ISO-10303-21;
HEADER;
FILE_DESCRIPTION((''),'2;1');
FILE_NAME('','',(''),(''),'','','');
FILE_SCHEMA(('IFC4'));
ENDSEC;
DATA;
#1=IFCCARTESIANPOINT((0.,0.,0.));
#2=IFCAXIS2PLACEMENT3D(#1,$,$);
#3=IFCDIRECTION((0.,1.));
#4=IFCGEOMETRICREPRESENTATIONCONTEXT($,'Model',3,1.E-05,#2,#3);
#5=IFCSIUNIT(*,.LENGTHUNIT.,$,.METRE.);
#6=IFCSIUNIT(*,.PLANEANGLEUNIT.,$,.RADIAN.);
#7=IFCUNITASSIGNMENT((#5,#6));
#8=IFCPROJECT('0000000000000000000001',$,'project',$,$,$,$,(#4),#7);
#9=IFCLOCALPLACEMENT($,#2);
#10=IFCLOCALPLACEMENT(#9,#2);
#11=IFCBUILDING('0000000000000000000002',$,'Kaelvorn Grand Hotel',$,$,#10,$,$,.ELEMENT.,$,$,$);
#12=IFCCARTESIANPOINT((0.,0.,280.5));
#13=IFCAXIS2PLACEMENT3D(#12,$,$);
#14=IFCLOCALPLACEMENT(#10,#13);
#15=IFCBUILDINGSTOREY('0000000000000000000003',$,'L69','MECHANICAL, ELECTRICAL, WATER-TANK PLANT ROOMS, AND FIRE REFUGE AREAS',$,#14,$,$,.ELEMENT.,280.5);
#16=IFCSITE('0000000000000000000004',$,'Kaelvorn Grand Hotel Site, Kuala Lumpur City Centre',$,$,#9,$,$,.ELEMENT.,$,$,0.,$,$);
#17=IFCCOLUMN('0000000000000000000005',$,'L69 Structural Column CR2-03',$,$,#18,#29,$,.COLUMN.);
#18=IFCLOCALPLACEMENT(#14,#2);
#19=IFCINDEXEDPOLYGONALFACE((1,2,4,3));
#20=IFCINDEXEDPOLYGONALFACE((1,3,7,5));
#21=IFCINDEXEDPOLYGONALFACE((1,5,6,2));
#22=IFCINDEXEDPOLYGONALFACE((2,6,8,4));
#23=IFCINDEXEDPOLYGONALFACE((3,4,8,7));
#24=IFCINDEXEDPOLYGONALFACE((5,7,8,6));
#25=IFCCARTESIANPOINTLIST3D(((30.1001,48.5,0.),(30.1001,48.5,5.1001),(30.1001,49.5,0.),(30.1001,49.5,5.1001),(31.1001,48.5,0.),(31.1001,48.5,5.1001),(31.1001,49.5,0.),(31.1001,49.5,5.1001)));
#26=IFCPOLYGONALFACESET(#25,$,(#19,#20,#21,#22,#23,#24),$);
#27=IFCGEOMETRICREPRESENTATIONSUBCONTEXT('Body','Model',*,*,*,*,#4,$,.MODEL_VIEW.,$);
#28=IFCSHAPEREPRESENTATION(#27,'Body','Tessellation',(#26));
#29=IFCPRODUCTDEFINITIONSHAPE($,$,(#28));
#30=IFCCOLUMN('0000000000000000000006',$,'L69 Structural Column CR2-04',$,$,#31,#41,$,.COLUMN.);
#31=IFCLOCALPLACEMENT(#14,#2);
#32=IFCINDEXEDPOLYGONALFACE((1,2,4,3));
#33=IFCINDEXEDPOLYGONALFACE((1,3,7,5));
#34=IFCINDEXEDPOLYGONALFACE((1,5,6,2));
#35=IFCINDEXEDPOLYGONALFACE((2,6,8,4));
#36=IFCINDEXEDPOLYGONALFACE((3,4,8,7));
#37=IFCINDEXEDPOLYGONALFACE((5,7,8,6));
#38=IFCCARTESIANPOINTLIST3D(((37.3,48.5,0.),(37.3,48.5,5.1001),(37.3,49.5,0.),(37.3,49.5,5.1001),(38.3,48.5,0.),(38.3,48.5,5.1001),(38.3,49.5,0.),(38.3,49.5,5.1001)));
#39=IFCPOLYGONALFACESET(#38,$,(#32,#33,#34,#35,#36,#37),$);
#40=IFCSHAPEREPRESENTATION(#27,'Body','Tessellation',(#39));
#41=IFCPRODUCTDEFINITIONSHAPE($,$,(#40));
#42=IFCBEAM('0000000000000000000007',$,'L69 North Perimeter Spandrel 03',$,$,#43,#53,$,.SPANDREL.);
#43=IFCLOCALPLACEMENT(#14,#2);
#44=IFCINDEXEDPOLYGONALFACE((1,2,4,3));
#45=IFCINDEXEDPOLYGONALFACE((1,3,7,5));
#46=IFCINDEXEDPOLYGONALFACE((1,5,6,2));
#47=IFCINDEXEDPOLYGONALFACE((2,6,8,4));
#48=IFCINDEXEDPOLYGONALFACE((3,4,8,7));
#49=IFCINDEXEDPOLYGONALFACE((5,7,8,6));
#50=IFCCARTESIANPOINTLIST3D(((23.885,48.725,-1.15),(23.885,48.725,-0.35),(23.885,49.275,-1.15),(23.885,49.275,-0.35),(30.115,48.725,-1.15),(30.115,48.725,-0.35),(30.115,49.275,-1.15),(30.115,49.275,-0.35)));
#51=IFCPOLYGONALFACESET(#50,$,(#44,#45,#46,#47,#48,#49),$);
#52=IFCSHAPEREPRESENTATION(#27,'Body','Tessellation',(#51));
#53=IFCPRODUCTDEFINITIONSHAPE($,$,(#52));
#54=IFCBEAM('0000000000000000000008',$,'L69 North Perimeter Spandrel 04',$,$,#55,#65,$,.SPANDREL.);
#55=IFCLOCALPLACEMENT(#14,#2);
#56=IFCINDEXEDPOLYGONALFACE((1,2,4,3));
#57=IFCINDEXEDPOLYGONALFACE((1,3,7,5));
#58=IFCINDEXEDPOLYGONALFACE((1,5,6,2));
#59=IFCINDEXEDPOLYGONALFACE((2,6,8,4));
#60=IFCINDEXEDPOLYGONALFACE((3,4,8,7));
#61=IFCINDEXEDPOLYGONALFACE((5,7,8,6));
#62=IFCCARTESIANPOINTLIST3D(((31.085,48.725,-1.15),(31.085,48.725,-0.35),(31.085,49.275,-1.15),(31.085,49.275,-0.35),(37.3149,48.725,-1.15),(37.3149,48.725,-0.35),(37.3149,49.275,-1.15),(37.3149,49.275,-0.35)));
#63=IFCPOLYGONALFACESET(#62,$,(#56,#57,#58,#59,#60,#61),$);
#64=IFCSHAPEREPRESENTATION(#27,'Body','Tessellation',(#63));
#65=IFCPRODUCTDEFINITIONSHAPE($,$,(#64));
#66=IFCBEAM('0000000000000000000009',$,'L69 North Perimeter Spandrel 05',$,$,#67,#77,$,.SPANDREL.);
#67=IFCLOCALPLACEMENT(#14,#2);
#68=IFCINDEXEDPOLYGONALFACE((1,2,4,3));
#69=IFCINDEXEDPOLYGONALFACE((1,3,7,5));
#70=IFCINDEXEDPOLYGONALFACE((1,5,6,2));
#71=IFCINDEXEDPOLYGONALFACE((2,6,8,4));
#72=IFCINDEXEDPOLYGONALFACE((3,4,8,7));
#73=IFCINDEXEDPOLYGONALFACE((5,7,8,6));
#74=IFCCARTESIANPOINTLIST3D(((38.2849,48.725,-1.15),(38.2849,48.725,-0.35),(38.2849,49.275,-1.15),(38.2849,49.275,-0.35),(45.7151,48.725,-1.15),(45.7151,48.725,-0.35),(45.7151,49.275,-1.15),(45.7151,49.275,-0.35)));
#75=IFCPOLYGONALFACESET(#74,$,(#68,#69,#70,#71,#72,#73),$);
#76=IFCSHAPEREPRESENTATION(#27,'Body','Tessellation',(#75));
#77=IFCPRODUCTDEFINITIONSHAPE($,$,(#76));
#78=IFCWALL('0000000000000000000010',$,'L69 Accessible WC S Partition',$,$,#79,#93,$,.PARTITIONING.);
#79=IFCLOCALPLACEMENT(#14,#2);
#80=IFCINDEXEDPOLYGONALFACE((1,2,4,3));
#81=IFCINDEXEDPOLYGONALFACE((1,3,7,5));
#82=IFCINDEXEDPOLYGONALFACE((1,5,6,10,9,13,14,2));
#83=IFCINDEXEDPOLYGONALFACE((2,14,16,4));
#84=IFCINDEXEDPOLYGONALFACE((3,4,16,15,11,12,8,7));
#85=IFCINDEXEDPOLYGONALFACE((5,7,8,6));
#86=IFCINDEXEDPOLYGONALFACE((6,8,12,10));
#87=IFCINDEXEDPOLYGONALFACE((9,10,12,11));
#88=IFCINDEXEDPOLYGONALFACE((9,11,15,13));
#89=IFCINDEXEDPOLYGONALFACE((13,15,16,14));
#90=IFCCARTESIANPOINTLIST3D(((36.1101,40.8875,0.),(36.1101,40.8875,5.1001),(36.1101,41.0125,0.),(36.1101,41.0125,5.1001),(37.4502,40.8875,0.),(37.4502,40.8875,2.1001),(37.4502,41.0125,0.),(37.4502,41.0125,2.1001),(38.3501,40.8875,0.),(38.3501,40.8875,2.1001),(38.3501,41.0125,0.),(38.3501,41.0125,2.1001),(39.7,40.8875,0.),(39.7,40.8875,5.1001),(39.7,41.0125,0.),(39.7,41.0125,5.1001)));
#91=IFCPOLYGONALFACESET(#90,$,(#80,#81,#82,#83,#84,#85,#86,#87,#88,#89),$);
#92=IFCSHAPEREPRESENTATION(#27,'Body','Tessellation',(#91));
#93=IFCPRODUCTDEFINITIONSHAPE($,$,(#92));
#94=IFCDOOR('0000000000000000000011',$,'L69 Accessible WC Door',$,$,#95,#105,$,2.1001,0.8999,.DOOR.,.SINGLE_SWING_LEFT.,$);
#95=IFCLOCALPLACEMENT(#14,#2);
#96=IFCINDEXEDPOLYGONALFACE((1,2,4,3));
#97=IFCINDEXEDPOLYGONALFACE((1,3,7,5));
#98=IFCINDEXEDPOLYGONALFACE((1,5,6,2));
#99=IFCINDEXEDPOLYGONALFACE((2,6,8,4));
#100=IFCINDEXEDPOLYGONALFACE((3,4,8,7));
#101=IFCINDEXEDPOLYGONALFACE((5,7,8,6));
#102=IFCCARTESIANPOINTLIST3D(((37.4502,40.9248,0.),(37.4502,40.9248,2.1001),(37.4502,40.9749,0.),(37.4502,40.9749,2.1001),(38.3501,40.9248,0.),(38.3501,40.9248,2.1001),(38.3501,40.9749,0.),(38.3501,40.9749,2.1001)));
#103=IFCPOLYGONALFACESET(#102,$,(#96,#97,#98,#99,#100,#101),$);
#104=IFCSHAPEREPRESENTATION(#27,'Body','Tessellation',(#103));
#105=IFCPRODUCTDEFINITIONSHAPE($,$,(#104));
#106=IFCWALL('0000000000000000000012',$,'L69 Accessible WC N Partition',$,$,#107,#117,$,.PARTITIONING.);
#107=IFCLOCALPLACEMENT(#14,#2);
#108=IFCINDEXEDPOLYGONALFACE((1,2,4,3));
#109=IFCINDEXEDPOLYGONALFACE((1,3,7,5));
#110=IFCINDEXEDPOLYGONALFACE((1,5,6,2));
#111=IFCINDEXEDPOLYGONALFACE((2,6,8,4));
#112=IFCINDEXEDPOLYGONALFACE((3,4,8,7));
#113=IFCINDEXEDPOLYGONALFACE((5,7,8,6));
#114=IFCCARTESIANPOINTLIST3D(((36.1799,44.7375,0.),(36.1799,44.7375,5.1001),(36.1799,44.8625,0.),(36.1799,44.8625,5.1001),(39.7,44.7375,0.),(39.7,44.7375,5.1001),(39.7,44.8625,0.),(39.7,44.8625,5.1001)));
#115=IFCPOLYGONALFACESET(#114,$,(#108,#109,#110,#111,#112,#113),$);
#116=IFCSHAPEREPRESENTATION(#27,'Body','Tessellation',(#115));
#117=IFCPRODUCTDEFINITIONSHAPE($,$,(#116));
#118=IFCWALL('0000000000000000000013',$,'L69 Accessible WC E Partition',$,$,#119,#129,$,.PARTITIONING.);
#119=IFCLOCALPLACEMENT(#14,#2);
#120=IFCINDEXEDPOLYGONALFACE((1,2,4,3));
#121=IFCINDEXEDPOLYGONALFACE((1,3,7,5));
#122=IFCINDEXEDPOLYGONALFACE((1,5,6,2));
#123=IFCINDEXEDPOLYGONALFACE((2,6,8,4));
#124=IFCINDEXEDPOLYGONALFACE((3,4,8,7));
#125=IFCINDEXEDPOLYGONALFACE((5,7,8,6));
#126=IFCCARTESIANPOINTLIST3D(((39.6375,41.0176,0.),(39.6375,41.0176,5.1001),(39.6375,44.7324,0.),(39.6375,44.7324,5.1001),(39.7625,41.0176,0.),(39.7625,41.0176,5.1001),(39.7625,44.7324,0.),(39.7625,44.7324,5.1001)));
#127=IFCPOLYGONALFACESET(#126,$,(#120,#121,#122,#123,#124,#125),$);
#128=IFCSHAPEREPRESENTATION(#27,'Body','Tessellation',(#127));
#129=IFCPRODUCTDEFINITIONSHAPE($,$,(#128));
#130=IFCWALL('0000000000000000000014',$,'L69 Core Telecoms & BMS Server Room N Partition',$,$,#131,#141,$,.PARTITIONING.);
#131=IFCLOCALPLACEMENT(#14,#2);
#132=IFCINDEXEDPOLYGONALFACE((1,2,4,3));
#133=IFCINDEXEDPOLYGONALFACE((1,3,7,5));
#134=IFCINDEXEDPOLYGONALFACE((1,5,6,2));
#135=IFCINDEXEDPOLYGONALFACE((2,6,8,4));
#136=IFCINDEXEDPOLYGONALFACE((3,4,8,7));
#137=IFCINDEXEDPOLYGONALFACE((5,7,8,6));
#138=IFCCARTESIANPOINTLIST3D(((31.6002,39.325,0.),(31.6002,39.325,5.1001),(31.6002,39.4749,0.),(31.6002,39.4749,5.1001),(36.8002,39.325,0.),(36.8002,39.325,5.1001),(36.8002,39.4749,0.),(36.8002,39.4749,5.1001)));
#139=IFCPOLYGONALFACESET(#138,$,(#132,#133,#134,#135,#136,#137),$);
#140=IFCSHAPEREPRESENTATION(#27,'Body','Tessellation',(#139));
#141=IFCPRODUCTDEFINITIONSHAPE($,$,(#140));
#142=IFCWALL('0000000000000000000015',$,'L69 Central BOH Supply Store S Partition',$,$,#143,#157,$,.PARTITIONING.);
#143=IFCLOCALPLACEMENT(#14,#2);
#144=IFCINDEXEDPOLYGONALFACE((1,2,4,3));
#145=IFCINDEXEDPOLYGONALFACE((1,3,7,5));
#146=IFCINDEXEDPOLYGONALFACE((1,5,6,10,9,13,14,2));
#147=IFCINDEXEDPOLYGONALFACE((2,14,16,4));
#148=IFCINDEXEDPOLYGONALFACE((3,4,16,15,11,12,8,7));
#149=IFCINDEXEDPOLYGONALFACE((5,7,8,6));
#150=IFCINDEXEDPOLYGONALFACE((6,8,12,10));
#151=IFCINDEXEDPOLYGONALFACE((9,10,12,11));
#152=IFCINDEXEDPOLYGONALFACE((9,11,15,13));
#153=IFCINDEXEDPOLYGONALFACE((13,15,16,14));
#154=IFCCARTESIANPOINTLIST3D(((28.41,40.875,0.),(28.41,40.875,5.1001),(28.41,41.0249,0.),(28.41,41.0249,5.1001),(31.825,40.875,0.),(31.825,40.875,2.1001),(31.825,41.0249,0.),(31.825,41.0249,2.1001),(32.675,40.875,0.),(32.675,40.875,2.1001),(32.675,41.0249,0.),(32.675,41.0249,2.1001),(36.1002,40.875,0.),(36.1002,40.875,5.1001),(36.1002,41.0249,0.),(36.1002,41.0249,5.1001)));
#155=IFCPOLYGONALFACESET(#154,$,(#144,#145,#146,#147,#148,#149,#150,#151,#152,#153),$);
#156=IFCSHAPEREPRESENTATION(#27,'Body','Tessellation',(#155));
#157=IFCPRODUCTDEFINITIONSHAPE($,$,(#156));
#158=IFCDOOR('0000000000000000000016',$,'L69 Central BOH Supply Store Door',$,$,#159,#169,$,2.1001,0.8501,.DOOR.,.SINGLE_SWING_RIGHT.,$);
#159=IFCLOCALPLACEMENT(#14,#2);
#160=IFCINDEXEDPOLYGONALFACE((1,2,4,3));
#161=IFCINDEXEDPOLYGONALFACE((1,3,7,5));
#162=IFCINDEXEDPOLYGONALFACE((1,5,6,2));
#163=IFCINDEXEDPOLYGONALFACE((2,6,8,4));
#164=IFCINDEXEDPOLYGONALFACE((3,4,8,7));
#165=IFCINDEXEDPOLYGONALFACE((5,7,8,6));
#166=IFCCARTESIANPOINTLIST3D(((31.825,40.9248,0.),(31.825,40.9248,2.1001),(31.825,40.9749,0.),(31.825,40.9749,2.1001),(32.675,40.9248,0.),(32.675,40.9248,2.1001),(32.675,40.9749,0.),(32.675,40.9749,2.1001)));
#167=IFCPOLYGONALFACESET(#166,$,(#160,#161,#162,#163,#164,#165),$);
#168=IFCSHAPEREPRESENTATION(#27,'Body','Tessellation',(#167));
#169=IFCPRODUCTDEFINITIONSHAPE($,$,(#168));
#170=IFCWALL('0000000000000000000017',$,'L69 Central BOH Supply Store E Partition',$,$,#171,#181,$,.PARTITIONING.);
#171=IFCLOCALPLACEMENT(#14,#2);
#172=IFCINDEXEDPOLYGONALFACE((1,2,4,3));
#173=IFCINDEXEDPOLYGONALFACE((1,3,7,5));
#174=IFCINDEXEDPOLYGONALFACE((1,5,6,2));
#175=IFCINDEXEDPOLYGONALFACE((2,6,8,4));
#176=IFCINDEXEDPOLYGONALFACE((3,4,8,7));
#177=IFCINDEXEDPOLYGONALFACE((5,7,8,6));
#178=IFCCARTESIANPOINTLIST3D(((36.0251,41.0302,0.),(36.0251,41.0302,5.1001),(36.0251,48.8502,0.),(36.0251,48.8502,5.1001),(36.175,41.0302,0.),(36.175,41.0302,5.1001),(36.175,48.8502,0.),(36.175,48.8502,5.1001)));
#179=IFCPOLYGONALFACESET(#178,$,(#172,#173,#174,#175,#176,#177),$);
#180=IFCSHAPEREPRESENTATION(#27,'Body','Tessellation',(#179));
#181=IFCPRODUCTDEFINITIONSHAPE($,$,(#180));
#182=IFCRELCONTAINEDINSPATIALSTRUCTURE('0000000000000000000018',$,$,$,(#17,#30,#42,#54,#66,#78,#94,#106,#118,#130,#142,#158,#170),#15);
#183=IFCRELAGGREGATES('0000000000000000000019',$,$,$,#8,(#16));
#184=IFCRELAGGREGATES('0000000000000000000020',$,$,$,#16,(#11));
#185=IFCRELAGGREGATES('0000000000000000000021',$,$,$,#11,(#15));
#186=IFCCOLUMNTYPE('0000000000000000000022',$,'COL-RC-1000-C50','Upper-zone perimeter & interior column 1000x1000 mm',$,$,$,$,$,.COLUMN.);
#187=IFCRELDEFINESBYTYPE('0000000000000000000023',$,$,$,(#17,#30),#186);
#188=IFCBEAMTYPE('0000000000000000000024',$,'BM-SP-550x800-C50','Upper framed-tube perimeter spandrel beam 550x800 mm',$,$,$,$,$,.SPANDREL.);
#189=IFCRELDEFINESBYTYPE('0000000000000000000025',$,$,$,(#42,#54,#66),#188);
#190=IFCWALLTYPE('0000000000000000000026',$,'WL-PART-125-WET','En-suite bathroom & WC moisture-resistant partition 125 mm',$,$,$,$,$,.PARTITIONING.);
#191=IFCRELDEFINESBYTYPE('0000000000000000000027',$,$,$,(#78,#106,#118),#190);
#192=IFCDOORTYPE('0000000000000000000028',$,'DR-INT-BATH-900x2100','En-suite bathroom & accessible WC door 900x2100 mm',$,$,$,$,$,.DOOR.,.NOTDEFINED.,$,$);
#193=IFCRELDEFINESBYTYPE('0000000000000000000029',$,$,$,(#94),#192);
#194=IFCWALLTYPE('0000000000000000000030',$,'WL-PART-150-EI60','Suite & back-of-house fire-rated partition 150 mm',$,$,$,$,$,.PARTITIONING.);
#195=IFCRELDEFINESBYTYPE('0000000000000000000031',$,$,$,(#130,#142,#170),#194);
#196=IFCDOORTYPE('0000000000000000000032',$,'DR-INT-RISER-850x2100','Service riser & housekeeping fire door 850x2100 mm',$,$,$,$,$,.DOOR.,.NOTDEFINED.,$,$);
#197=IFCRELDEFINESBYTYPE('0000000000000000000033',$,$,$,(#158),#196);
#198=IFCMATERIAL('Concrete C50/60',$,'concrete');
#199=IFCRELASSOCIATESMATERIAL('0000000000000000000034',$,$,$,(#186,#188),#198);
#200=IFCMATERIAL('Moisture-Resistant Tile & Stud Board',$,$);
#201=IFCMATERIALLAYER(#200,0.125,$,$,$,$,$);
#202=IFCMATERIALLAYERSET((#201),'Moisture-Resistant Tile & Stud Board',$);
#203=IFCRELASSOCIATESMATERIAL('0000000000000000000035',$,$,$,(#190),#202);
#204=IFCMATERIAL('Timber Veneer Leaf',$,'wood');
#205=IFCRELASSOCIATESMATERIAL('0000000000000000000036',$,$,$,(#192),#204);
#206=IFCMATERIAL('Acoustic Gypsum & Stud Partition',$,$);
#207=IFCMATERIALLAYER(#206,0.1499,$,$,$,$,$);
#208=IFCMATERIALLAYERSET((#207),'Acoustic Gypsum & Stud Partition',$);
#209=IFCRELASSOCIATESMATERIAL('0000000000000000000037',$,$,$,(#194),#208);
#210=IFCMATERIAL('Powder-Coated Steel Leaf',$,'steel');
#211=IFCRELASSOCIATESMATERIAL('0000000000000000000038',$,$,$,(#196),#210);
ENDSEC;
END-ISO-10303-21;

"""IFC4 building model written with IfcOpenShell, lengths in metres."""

from ifc_helpers import new_model, si_unit, direction, frame, frame_2d, origin, origin_2d, place, context, subcontext, project, spatial, rectangle, extrude, material, layer, layer_set, material_profile, profile_set, type_object, element, fill, save


model = new_model("IFC4")

# Units and contexts
model_context = context("Model", 3, precision=1e-05, world=origin(), true_north=direction((0.0, 1.0)))
body_context = subcontext(model_context, "Body", "Model", "MODEL_VIEW")
ifc_project = project(units=[si_unit("LENGTHUNIT", "METRE"), si_unit("PLANEANGLEUNIT", "RADIAN")], contexts=[model_context])

# Site, building, storey
site_placement = place(None, origin())
site = spatial("IfcSite", under=ifc_project, at=site_placement, Name="Kaelvorn Grand Hotel Site, Kuala Lumpur City Centre", CompositionType="ELEMENT", RefElevation=0.0)
building_placement = place(site_placement, origin())
building = spatial("IfcBuilding", under=site, at=building_placement, Name="Kaelvorn Grand Hotel", CompositionType="ELEMENT")
storey_placement = place(building_placement, frame((0.0, 0.0, 280.5)))
storey = spatial("IfcBuildingStorey", under=building, at=storey_placement, Name="L69", Description="MECHANICAL, ELECTRICAL, WATER-TANK PLANT ROOMS, AND FIRE REFUGE AREAS", CompositionType="ELEMENT", Elevation=280.5)

# Columns
ifc_material_1 = material(Name="Concrete C50/60", Category="concrete")
ifc_material_profile_1 = material_profile(ifc_material_1, rectangle(XDim=1.0, YDim=1.0, at=origin_2d()), Name="RC COL 1000x1000")
ifc_profile_set_1 = profile_set([ifc_material_profile_1], Name="Concrete C50/60")
column_type = type_object("IfcColumnType", Name="COL-RC-1000-C50", Description="Upper-zone perimeter & interior column 1000x1000 mm", PredefinedType="COLUMN", material=ifc_profile_set_1)
for number, where, z_axis, x_axis, name in (
    (1, (30.6001, 49.0, 0.0), (0.0, 0.0, 1.0), (1.0, 0.0, 0.0), "L69 Structural Column CR2-03"),
    (2, (37.8, 49.0, 0.0), (0.0, 0.0, 1.0), (1.0, 0.0, 0.0), "L69 Structural Column CR2-04"),
):
    element("IfcColumn", number, at=place(storey_placement, frame(where, z_axis=z_axis, x_axis=x_axis)), inside=storey, type_object=column_type, Name=name, PredefinedType="COLUMN", context=body_context, shape_type="SweptSolid", body=[
        extrude(rectangle(XDim=1.0, YDim=1.0, at=origin_2d()), origin(), (0.0, 0.0, 1.0), 5.1001),
    ])

# Beams
ifc_material_profile_2 = material_profile(ifc_material_1, rectangle(XDim=0.55, YDim=0.8, at=origin_2d()), Name="RC SPANDREL 550x800")
ifc_profile_set_2 = profile_set([ifc_material_profile_2], Name="Concrete C50/60")
beam_type = type_object("IfcBeamType", Name="BM-SP-550x800-C50", Description="Upper framed-tube perimeter spandrel beam 550x800 mm", PredefinedType="SPANDREL", material=ifc_profile_set_2)
for number, where, z_axis, x_axis, name in (
    (3, (23.885, 49.0, -0.75), (1.0, 0.0, 0.0), (0.0, 1.0, 0.0), "L69 North Perimeter Spandrel 03"),
    (4, (31.085, 49.0, -0.75), (1.0, 0.0, 0.0), (0.0, 1.0, 0.0), "L69 North Perimeter Spandrel 04"),
):
    element("IfcBeam", number, at=place(storey_placement, frame(where, z_axis=z_axis, x_axis=x_axis)), inside=storey, type_object=beam_type, Name=name, PredefinedType="SPANDREL", context=body_context, shape_type="SweptSolid", body=[
        extrude(rectangle(XDim=0.55, YDim=0.8, at=origin_2d()), origin(), (0.0, 0.0, 1.0), 6.23),
    ])
beam_placement = place(storey_placement, frame((38.2849, 49.0, -0.75), z_axis=(1.0, 0.0, 0.0), x_axis=(0.0, 1.0, 0.0)))
element("IfcBeam", 5, at=beam_placement, inside=storey, type_object=beam_type, Name="L69 North Perimeter Spandrel 05", PredefinedType="SPANDREL", context=body_context, shape_type="SweptSolid", body=[
    extrude(rectangle(XDim=0.55, YDim=0.8, at=origin_2d()), origin(), (0.0, 0.0, 1.0), 7.4302),
])

# Wall, opening, door
ifc_material_2 = material(Name="Moisture-Resistant Tile & Stud Board")
ifc_layer_1 = layer(ifc_material_2, 0.125)
ifc_layer_set_1 = layer_set([ifc_layer_1], Name="Moisture-Resistant Tile & Stud Board")
wall_type_1 = type_object("IfcWallType", Name="WL-PART-125-WET", Description="En-suite bathroom & WC moisture-resistant partition 125 mm", PredefinedType="PARTITIONING", material=ifc_layer_set_1)
wall_1_placement = place(storey_placement, frame((36.1101, 40.95, 0.0), z_axis=(0.0, 0.0, 1.0), x_axis=(1.0, 0.0, 0.0)))
wall_1 = element("IfcWall", 6, at=wall_1_placement, inside=storey, type_object=wall_type_1, Name="L69 Accessible WC S Partition", PredefinedType="PARTITIONING", context=body_context, shape_type="SweptSolid", body=[
    extrude(rectangle(XDim=3.5898, YDim=0.125, at=frame_2d((1.7949, 0.0))), origin(), (0.0, 0.0, 1.0), 5.1001),
])
opening_1_placement = place(wall_1_placement, frame((1.3401, 0.0, 0.0)))
opening_1 = element("IfcOpeningElement", 7, at=opening_1_placement, cuts=wall_1, PredefinedType="OPENING", context=body_context, shape_type="SweptSolid", body=[
    extrude(rectangle(XDim=0.8999, YDim=2.1001, at=frame_2d((0.45, 1.05))), frame((0.0, 0.0725, 0.0), z_axis=(0.0, -1.0, 0.0), x_axis=(1.0, 0.0, 0.0)), (0.0, 0.0, 1.0), 0.145),
])
ifc_material_3 = material(Name="Timber Veneer Leaf", Category="wood")
door_type_1 = type_object("IfcDoorType", Name="DR-INT-BATH-900x2100", Description="En-suite bathroom & accessible WC door 900x2100 mm", OperationType="NOTDEFINED", PredefinedType="DOOR", material=ifc_material_3)
door_1_placement = place(opening_1_placement, origin())
door_1 = element("IfcDoor", 8, at=door_1_placement, inside=storey, type_object=door_type_1, Name="L69 Accessible WC Door", OperationType="SINGLE_SWING_LEFT", OverallHeight=2.1001, OverallWidth=0.8999, PredefinedType="DOOR", context=body_context, shape_type="SweptSolid", body=[
    extrude(rectangle(XDim=0.8999, YDim=2.1001, at=frame_2d((0.45, 1.05))), frame((0.0, 0.0249, 0.0), z_axis=(0.0, -1.0, 0.0), x_axis=(1.0, 0.0, 0.0)), (0.0, 0.0, 1.0), 0.05),
])
fill(opening_1, door_1)

# Walls
wall_2_placement = place(storey_placement, frame((36.1799, 44.8, 0.0), z_axis=(0.0, 0.0, 1.0), x_axis=(1.0, 0.0, 0.0)))
element("IfcWall", 9, at=wall_2_placement, inside=storey, type_object=wall_type_1, Name="L69 Accessible WC N Partition", PredefinedType="PARTITIONING", context=body_context, shape_type="SweptSolid", body=[
    extrude(rectangle(XDim=3.52, YDim=0.125, at=frame_2d((1.76, 0.0))), origin(), (0.0, 0.0, 1.0), 5.1001),
])
wall_3_placement = place(storey_placement, frame((39.7, 41.0176, 0.0), z_axis=(0.0, 0.0, 1.0), x_axis=(0.0, 1.0, 0.0)))
element("IfcWall", 10, at=wall_3_placement, inside=storey, type_object=wall_type_1, Name="L69 Accessible WC E Partition", PredefinedType="PARTITIONING", context=body_context, shape_type="SweptSolid", body=[
    extrude(rectangle(XDim=3.7148, YDim=0.125, at=frame_2d((1.8574, 0.0))), origin(), (0.0, 0.0, 1.0), 5.1001),
])
ifc_material_4 = material(Name="Acoustic Gypsum & Stud Partition")
ifc_layer_2 = layer(ifc_material_4, 0.1499)
ifc_layer_set_2 = layer_set([ifc_layer_2], Name="Acoustic Gypsum & Stud Partition")
wall_type_2 = type_object("IfcWallType", Name="WL-PART-150-EI60", Description="Suite & back-of-house fire-rated partition 150 mm", PredefinedType="PARTITIONING", material=ifc_layer_set_2)
wall_4_placement = place(storey_placement, frame((31.6001, 39.3999, 0.0), z_axis=(0.0, 0.0, 1.0), x_axis=(1.0, 0.0, 0.0)))
element("IfcWall", 11, at=wall_4_placement, inside=storey, type_object=wall_type_2, Name="L69 Core Telecoms & BMS Server Room N Partition", PredefinedType="PARTITIONING", context=body_context, shape_type="SweptSolid", body=[
    extrude(rectangle(XDim=5.2, YDim=0.1499, at=frame_2d((2.6001, 0.0))), origin(), (0.0, 0.0, 1.0), 5.1001),
])

# Wall, opening, door
wall_5_placement = place(storey_placement, frame((28.4099, 40.95, 0.0), z_axis=(0.0, 0.0, 1.0), x_axis=(1.0, 0.0, 0.0)))
wall_5 = element("IfcWall", 12, at=wall_5_placement, inside=storey, type_object=wall_type_2, Name="L69 Central BOH Supply Store S Partition", PredefinedType="PARTITIONING", context=body_context, shape_type="SweptSolid", body=[
    extrude(rectangle(XDim=7.6902, YDim=0.1499, at=frame_2d((3.8452, 0.0))), origin(), (0.0, 0.0, 1.0), 5.1001),
])
opening_2_placement = place(wall_5_placement, frame((3.415, 0.0, 0.0)))
opening_2 = element("IfcOpeningElement", 13, at=opening_2_placement, cuts=wall_5, PredefinedType="OPENING", context=body_context, shape_type="SweptSolid", body=[
    extrude(rectangle(XDim=0.8501, YDim=2.1001, at=frame_2d((0.425, 1.05))), frame((0.0, 0.085, 0.0), z_axis=(0.0, -1.0, 0.0), x_axis=(1.0, 0.0, 0.0)), (0.0, 0.0, 1.0), 0.1699),
])
ifc_material_5 = material(Name="Powder-Coated Steel Leaf", Category="steel")
door_type_2 = type_object("IfcDoorType", Name="DR-INT-RISER-850x2100", Description="Service riser & housekeeping fire door 850x2100 mm", OperationType="NOTDEFINED", PredefinedType="DOOR", material=ifc_material_5)
door_2_placement = place(opening_2_placement, origin())
door_2 = element("IfcDoor", 14, at=door_2_placement, inside=storey, type_object=door_type_2, Name="L69 Central BOH Supply Store Door", OperationType="SINGLE_SWING_RIGHT", OverallHeight=2.1001, OverallWidth=0.8501, PredefinedType="DOOR", context=body_context, shape_type="SweptSolid", body=[
    extrude(rectangle(XDim=0.8501, YDim=2.1001, at=frame_2d((0.425, 1.05))), frame((0.0, 0.0249, 0.0), z_axis=(0.0, -1.0, 0.0), x_axis=(1.0, 0.0, 0.0)), (0.0, 0.0, 1.0), 0.05),
])
fill(opening_2, door_2)

# Wall
wall_6_placement = place(storey_placement, frame((36.1001, 41.03, 0.0), z_axis=(0.0, 0.0, 1.0), x_axis=(0.0, 1.0, 0.0)))
element("IfcWall", 15, at=wall_6_placement, inside=storey, type_object=wall_type_2, Name="L69 Central BOH Supply Store E Partition", PredefinedType="PARTITIONING", context=body_context, shape_type="SweptSolid", body=[
    extrude(rectangle(XDim=7.8201, YDim=0.1499, at=frame_2d((3.9102, 0.0))), origin(), (0.0, 0.0, 1.0), 5.1001),
])

save(model, "model.ifc")
